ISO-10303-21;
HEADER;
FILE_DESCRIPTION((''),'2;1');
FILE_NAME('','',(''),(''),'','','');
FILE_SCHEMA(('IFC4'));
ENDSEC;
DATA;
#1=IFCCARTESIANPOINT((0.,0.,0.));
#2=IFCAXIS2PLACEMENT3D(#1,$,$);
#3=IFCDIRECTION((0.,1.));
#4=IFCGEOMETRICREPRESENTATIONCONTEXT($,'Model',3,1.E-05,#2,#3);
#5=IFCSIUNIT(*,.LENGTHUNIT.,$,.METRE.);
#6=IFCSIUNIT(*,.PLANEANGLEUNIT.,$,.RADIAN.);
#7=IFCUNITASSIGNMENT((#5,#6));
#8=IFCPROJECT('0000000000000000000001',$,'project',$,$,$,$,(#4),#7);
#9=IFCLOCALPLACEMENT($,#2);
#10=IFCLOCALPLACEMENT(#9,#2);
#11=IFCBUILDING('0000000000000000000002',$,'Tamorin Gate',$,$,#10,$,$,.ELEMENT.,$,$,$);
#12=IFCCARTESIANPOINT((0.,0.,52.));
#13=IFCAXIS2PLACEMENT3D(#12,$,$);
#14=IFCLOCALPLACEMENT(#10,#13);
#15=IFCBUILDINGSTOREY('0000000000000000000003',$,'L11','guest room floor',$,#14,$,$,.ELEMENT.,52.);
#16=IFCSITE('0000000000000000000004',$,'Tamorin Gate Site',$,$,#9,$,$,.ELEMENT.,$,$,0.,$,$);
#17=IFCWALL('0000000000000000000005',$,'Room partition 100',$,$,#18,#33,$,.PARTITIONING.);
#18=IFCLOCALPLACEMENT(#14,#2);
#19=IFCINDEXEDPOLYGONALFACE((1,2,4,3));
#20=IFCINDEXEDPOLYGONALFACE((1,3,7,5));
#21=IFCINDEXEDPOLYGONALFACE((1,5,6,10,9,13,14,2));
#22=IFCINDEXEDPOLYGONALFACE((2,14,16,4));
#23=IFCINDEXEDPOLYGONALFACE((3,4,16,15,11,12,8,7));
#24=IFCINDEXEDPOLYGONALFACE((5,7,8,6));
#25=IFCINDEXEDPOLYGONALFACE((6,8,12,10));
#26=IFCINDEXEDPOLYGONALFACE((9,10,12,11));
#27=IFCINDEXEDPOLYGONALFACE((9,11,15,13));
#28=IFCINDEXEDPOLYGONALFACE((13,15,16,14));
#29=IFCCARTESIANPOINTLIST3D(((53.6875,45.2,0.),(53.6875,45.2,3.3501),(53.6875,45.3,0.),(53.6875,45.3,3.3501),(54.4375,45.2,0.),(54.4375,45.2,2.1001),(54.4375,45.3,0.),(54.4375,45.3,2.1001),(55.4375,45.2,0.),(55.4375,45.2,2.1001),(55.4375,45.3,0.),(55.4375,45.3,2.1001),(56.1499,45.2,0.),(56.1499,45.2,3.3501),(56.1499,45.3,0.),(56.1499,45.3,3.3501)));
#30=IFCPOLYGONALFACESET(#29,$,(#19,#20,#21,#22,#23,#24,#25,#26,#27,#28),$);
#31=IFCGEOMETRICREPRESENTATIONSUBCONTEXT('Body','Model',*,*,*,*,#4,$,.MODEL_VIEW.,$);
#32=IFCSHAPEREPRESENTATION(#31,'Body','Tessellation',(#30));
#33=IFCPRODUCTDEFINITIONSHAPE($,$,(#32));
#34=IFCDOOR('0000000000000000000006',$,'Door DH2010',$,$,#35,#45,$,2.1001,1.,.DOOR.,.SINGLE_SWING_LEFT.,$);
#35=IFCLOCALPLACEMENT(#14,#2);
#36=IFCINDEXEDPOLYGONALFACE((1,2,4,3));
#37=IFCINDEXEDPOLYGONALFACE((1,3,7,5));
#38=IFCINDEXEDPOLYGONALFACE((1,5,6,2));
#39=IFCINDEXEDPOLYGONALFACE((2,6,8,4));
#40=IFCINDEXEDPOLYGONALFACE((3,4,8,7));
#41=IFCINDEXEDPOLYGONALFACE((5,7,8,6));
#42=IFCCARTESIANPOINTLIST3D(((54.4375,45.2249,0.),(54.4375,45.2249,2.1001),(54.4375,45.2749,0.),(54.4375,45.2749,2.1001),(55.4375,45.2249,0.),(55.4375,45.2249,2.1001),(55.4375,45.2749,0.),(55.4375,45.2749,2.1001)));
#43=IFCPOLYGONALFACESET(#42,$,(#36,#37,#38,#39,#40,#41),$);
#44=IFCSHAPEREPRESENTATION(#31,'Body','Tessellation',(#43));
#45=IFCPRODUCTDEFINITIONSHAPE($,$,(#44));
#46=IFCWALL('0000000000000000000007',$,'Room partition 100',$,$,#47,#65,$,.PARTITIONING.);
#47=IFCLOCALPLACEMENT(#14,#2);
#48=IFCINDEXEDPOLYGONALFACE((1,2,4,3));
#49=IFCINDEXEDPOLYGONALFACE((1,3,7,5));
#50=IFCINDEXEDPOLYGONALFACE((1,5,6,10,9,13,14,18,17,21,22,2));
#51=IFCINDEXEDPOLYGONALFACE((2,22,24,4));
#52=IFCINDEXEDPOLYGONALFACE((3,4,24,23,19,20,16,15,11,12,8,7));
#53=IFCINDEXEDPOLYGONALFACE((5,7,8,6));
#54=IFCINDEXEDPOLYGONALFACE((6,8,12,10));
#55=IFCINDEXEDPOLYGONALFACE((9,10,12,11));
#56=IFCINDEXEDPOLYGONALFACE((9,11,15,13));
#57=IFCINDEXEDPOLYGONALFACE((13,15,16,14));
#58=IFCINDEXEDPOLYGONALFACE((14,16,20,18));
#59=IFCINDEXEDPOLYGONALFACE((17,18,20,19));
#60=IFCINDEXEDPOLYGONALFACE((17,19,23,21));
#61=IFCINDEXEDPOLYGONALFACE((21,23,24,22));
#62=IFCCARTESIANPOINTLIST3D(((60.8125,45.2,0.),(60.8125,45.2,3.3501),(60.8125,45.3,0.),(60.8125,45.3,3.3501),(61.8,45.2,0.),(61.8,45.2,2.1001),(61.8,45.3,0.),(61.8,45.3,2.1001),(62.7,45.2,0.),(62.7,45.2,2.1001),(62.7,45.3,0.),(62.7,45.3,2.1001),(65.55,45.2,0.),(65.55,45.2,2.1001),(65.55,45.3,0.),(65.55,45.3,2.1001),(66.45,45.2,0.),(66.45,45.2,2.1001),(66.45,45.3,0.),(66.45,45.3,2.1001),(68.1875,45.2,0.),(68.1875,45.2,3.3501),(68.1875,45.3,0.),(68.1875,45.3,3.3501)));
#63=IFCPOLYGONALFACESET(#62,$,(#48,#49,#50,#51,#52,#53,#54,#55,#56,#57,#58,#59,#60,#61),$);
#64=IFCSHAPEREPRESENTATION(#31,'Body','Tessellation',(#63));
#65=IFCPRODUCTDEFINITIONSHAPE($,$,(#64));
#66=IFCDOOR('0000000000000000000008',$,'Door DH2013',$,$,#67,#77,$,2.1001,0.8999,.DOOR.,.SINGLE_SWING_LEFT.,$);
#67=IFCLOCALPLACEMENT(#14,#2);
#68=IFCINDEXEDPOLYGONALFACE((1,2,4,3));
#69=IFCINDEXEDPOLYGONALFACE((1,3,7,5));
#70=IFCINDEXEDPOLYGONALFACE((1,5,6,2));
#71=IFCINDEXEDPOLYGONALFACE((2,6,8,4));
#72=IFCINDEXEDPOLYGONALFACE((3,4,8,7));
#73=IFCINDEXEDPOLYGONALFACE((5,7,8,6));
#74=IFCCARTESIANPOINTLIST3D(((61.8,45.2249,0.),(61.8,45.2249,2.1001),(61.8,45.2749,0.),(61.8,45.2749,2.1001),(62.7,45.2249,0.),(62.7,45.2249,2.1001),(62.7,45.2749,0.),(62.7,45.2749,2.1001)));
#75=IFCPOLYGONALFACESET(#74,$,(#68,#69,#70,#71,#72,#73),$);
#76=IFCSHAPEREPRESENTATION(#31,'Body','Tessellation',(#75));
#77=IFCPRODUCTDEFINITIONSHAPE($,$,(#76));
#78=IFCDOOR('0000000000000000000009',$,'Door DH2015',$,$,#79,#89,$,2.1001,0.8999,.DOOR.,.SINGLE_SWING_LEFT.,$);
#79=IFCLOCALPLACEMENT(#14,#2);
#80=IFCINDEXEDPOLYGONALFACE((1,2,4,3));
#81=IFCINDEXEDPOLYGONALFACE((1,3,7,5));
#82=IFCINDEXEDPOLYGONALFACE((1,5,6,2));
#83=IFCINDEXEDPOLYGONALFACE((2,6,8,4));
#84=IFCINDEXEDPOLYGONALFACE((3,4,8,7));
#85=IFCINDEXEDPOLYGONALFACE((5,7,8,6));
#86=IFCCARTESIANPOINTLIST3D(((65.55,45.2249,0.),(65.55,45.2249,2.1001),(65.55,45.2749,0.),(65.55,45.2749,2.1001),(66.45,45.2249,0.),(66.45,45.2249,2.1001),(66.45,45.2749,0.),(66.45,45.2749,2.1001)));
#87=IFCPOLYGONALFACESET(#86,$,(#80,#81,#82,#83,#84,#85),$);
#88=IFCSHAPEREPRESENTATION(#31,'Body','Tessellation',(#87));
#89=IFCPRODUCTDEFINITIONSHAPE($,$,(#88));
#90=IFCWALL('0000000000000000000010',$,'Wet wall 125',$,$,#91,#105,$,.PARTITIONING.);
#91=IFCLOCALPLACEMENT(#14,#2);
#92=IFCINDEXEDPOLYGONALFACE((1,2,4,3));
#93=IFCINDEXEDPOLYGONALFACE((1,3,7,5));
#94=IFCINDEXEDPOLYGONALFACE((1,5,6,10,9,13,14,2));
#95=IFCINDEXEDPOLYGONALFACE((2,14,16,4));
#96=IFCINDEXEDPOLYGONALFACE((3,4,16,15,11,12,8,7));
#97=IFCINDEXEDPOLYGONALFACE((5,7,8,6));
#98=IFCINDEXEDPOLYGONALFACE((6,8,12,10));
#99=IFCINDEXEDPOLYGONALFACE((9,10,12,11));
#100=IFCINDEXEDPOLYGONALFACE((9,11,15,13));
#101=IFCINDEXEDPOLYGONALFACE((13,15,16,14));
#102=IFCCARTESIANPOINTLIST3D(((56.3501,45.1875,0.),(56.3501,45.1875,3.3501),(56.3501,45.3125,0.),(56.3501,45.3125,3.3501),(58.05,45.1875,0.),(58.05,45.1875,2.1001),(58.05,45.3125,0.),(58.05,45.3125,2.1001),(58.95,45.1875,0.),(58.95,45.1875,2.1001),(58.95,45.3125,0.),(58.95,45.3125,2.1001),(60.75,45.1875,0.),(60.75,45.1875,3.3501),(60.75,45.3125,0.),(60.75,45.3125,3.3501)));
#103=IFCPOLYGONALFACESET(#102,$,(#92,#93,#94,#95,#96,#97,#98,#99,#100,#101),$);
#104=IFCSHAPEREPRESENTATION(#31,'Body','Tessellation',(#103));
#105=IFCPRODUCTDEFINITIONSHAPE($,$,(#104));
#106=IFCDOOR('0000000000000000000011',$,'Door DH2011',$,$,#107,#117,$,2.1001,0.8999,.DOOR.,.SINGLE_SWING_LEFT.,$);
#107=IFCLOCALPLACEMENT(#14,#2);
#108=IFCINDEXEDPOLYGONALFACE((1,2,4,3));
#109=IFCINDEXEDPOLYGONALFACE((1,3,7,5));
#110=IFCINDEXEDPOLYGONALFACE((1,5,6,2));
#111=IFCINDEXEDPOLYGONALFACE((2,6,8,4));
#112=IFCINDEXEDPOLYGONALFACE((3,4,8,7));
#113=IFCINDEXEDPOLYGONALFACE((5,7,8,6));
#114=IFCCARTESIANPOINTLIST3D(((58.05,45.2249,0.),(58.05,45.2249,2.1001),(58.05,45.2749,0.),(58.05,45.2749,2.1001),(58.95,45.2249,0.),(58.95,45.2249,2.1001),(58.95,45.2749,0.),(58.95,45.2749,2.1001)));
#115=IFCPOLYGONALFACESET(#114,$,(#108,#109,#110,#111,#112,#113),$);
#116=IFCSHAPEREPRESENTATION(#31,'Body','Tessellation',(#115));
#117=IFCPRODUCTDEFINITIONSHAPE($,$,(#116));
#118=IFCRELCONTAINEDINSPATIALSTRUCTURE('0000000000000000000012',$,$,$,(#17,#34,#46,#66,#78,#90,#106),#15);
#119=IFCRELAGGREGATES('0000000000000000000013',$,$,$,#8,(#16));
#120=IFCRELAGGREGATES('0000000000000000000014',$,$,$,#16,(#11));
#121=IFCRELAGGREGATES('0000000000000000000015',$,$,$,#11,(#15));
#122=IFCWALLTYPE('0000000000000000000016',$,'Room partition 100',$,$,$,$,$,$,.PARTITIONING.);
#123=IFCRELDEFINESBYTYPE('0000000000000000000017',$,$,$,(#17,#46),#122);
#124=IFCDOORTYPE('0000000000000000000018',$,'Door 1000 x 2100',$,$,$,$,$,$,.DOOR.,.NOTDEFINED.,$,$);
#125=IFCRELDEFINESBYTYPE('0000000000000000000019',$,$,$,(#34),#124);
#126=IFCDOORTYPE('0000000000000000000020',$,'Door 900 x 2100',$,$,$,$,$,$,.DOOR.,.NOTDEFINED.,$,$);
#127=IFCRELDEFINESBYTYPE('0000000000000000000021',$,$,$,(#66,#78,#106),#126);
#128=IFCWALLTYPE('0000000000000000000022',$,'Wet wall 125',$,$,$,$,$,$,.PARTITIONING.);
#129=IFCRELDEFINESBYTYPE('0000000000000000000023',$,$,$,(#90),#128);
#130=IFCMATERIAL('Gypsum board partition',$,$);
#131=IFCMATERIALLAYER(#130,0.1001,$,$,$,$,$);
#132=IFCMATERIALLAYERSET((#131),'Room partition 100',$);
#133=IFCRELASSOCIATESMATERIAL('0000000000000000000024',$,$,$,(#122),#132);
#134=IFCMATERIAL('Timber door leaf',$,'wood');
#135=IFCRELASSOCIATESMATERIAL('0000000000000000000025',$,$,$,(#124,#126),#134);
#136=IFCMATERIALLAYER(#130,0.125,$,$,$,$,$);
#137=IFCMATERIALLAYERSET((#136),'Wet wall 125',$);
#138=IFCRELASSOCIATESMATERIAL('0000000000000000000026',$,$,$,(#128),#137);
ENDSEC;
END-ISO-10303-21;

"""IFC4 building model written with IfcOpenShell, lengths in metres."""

from ifc_helpers import new_model, si_unit, direction, frame, frame_2d, origin, place, context, subcontext, project, spatial, rectangle, extrude, material, layer, layer_set, type_object, element, fill, save


model = new_model("IFC4")

# Units and contexts
model_context = context("Model", 3, precision=1e-05, world=origin(), true_north=direction((0.0, 1.0)))
body_context = subcontext(model_context, "Body", "Model", "MODEL_VIEW")
ifc_project = project(units=[si_unit("LENGTHUNIT", "METRE"), si_unit("PLANEANGLEUNIT", "RADIAN")], contexts=[model_context])

# Site, building, storey
site_placement = place(None, origin())
site = spatial("IfcSite", under=ifc_project, at=site_placement, Name="Tamorin Gate Site", CompositionType="ELEMENT", RefElevation=0.0)
building_placement = place(site_placement, origin())
building = spatial("IfcBuilding", under=site, at=building_placement, Name="Tamorin Gate", CompositionType="ELEMENT")
storey_placement = place(building_placement, frame((0.0, 0.0, 52.0)))
storey = spatial("IfcBuildingStorey", under=building, at=storey_placement, Name="L11", Description="guest room floor", CompositionType="ELEMENT", Elevation=52.0)

# Shared definitions
ifc_material_1 = material(Name="Gypsum board partition")

# Wall, opening, door
ifc_layer_1 = layer(ifc_material_1, 0.1001)
ifc_layer_set_1 = layer_set([ifc_layer_1], Name="Room partition 100")
wall_type_1 = type_object("IfcWallType", Name="Room partition 100", PredefinedType="PARTITIONING", material=ifc_layer_set_1)
wall_1_placement = place(storey_placement, frame((53.6875, 45.25, 0.0), z_axis=(0.0, 0.0, 1.0), x_axis=(1.0, 0.0, 0.0)))
wall_1 = element("IfcWall", 1, at=wall_1_placement, inside=storey, type_object=wall_type_1, Name="Room partition 100", PredefinedType="PARTITIONING", context=body_context, shape_type="SweptSolid", body=[
    extrude(rectangle(XDim=2.4624, YDim=0.1001, at=frame_2d((1.2312, 0.0))), origin(), (0.0, 0.0, 1.0), 3.3501),
])
opening_1_placement = place(wall_1_placement, frame((0.75, 0.0, 0.0)))
opening_1 = element("IfcOpeningElement", 2, at=opening_1_placement, cuts=wall_1, PredefinedType="OPENING", context=body_context, shape_type="SweptSolid", body=[
    extrude(rectangle(XDim=1.0, YDim=2.1001, at=frame_2d((0.5, 1.05))), frame((0.0, 0.0601, 0.0), z_axis=(0.0, -1.0, 0.0), x_axis=(1.0, 0.0, 0.0)), (0.0, 0.0, 1.0), 0.1201),
])
ifc_material_2 = material(Name="Timber door leaf", Category="wood")
door_type_1 = type_object("IfcDoorType", Name="Door 1000 x 2100", OperationType="NOTDEFINED", PredefinedType="DOOR", material=ifc_material_2)
door_1_placement = place(opening_1_placement, origin())
door_1 = element("IfcDoor", 3, at=door_1_placement, inside=storey, type_object=door_type_1, Name="Door DH2010", OperationType="SINGLE_SWING_LEFT", OverallHeight=2.1001, OverallWidth=1.0, PredefinedType="DOOR", context=body_context, shape_type="SweptSolid", body=[
    extrude(rectangle(XDim=1.0, YDim=2.1001, at=frame_2d((0.5, 1.05))), frame((0.0, 0.0249, 0.0), z_axis=(0.0, -1.0, 0.0), x_axis=(1.0, 0.0, 0.0)), (0.0, 0.0, 1.0), 0.05),
])
fill(opening_1, door_1)

# Wall, openings, doors
wall_2_placement = place(storey_placement, frame((60.8125, 45.25, 0.0), z_axis=(0.0, 0.0, 1.0), x_axis=(1.0, 0.0, 0.0)))
wall_2 = element("IfcWall", 4, at=wall_2_placement, inside=storey, type_object=wall_type_1, Name="Room partition 100", PredefinedType="PARTITIONING", context=body_context, shape_type="SweptSolid", body=[
    extrude(rectangle(XDim=7.375, YDim=0.1001, at=frame_2d((3.6875, 0.0))), origin(), (0.0, 0.0, 1.0), 3.3501),
])
opening_2_placement = place(wall_2_placement, frame((0.9875, 0.0, 0.0)))
opening_2 = element("IfcOpeningElement", 5, at=opening_2_placement, cuts=wall_2, PredefinedType="OPENING", context=body_context, shape_type="SweptSolid", body=[
    extrude(rectangle(XDim=0.8999, YDim=2.1001, at=frame_2d((0.45, 1.05))), frame((0.0, 0.0601, 0.0), z_axis=(0.0, -1.0, 0.0), x_axis=(1.0, 0.0, 0.0)), (0.0, 0.0, 1.0), 0.1201),
])
opening_3_placement = place(wall_2_placement, frame((4.7375, 0.0, 0.0)))
opening_3 = element("IfcOpeningElement", 6, at=opening_3_placement, cuts=wall_2, PredefinedType="OPENING", context=body_context, shape_type="SweptSolid", body=[
    extrude(rectangle(XDim=0.8999, YDim=2.1001, at=frame_2d((0.45, 1.05))), frame((0.0, 0.0601, 0.0), z_axis=(0.0, -1.0, 0.0), x_axis=(1.0, 0.0, 0.0)), (0.0, 0.0, 1.0), 0.1201),
])
door_type_2 = type_object("IfcDoorType", Name="Door 900 x 2100", OperationType="NOTDEFINED", PredefinedType="DOOR", material=ifc_material_2)
door_2_placement = place(opening_2_placement, origin())
door_2 = element("IfcDoor", 7, at=door_2_placement, inside=storey, type_object=door_type_2, Name="Door DH2013", OperationType="SINGLE_SWING_LEFT", OverallHeight=2.1001, OverallWidth=0.8999, PredefinedType="DOOR", context=body_context, shape_type="SweptSolid", body=[
    extrude(rectangle(XDim=0.8999, YDim=2.1001, at=frame_2d((0.45, 1.05))), frame((0.0, 0.0249, 0.0), z_axis=(0.0, -1.0, 0.0), x_axis=(1.0, 0.0, 0.0)), (0.0, 0.0, 1.0), 0.05),
])
fill(opening_2, door_2)
door_3_placement = place(opening_3_placement, origin())
door_3 = element("IfcDoor", 8, at=door_3_placement, inside=storey, type_object=door_type_2, Name="Door DH2015", OperationType="SINGLE_SWING_LEFT", OverallHeight=2.1001, OverallWidth=0.8999, PredefinedType="DOOR", context=body_context, shape_type="SweptSolid", body=[
    extrude(rectangle(XDim=0.8999, YDim=2.1001, at=frame_2d((0.45, 1.05))), frame((0.0, 0.0249, 0.0), z_axis=(0.0, -1.0, 0.0), x_axis=(1.0, 0.0, 0.0)), (0.0, 0.0, 1.0), 0.05),
])
fill(opening_3, door_3)

# Wall, opening, door
ifc_layer_2 = layer(ifc_material_1, 0.125)
ifc_layer_set_2 = layer_set([ifc_layer_2], Name="Wet wall 125")
wall_type_2 = type_object("IfcWallType", Name="Wet wall 125", PredefinedType="PARTITIONING", material=ifc_layer_set_2)
wall_3_placement = place(storey_placement, frame((56.3501, 45.25, 0.0), z_axis=(0.0, 0.0, 1.0), x_axis=(1.0, 0.0, 0.0)))
wall_3 = element("IfcWall", 9, at=wall_3_placement, inside=storey, type_object=wall_type_2, Name="Wet wall 125", PredefinedType="PARTITIONING", context=body_context, shape_type="SweptSolid", body=[
    extrude(rectangle(XDim=4.3999, YDim=0.125, at=frame_2d((2.2, 0.0))), origin(), (0.0, 0.0, 1.0), 3.3501),
])
opening_4_placement = place(wall_3_placement, frame((1.7, 0.0, 0.0)))
opening_4 = element("IfcOpeningElement", 10, at=opening_4_placement, cuts=wall_3, PredefinedType="OPENING", context=body_context, shape_type="SweptSolid", body=[
    extrude(rectangle(XDim=0.8999, YDim=2.1001, at=frame_2d((0.45, 1.05))), frame((0.0, 0.0725, 0.0), z_axis=(0.0, -1.0, 0.0), x_axis=(1.0, 0.0, 0.0)), (0.0, 0.0, 1.0), 0.145),
])
door_4_placement = place(opening_4_placement, origin())
door_4 = element("IfcDoor", 11, at=door_4_placement, inside=storey, type_object=door_type_2, Name="Door DH2011", OperationType="SINGLE_SWING_LEFT", OverallHeight=2.1001, OverallWidth=0.8999, PredefinedType="DOOR", context=body_context, shape_type="SweptSolid", body=[
    extrude(rectangle(XDim=0.8999, YDim=2.1001, at=frame_2d((0.45, 1.05))), frame((0.0, 0.0249, 0.0), z_axis=(0.0, -1.0, 0.0), x_axis=(1.0, 0.0, 0.0)), (0.0, 0.0, 1.0), 0.05),
])
fill(opening_4, door_4)

save(model, "model.ifc")
